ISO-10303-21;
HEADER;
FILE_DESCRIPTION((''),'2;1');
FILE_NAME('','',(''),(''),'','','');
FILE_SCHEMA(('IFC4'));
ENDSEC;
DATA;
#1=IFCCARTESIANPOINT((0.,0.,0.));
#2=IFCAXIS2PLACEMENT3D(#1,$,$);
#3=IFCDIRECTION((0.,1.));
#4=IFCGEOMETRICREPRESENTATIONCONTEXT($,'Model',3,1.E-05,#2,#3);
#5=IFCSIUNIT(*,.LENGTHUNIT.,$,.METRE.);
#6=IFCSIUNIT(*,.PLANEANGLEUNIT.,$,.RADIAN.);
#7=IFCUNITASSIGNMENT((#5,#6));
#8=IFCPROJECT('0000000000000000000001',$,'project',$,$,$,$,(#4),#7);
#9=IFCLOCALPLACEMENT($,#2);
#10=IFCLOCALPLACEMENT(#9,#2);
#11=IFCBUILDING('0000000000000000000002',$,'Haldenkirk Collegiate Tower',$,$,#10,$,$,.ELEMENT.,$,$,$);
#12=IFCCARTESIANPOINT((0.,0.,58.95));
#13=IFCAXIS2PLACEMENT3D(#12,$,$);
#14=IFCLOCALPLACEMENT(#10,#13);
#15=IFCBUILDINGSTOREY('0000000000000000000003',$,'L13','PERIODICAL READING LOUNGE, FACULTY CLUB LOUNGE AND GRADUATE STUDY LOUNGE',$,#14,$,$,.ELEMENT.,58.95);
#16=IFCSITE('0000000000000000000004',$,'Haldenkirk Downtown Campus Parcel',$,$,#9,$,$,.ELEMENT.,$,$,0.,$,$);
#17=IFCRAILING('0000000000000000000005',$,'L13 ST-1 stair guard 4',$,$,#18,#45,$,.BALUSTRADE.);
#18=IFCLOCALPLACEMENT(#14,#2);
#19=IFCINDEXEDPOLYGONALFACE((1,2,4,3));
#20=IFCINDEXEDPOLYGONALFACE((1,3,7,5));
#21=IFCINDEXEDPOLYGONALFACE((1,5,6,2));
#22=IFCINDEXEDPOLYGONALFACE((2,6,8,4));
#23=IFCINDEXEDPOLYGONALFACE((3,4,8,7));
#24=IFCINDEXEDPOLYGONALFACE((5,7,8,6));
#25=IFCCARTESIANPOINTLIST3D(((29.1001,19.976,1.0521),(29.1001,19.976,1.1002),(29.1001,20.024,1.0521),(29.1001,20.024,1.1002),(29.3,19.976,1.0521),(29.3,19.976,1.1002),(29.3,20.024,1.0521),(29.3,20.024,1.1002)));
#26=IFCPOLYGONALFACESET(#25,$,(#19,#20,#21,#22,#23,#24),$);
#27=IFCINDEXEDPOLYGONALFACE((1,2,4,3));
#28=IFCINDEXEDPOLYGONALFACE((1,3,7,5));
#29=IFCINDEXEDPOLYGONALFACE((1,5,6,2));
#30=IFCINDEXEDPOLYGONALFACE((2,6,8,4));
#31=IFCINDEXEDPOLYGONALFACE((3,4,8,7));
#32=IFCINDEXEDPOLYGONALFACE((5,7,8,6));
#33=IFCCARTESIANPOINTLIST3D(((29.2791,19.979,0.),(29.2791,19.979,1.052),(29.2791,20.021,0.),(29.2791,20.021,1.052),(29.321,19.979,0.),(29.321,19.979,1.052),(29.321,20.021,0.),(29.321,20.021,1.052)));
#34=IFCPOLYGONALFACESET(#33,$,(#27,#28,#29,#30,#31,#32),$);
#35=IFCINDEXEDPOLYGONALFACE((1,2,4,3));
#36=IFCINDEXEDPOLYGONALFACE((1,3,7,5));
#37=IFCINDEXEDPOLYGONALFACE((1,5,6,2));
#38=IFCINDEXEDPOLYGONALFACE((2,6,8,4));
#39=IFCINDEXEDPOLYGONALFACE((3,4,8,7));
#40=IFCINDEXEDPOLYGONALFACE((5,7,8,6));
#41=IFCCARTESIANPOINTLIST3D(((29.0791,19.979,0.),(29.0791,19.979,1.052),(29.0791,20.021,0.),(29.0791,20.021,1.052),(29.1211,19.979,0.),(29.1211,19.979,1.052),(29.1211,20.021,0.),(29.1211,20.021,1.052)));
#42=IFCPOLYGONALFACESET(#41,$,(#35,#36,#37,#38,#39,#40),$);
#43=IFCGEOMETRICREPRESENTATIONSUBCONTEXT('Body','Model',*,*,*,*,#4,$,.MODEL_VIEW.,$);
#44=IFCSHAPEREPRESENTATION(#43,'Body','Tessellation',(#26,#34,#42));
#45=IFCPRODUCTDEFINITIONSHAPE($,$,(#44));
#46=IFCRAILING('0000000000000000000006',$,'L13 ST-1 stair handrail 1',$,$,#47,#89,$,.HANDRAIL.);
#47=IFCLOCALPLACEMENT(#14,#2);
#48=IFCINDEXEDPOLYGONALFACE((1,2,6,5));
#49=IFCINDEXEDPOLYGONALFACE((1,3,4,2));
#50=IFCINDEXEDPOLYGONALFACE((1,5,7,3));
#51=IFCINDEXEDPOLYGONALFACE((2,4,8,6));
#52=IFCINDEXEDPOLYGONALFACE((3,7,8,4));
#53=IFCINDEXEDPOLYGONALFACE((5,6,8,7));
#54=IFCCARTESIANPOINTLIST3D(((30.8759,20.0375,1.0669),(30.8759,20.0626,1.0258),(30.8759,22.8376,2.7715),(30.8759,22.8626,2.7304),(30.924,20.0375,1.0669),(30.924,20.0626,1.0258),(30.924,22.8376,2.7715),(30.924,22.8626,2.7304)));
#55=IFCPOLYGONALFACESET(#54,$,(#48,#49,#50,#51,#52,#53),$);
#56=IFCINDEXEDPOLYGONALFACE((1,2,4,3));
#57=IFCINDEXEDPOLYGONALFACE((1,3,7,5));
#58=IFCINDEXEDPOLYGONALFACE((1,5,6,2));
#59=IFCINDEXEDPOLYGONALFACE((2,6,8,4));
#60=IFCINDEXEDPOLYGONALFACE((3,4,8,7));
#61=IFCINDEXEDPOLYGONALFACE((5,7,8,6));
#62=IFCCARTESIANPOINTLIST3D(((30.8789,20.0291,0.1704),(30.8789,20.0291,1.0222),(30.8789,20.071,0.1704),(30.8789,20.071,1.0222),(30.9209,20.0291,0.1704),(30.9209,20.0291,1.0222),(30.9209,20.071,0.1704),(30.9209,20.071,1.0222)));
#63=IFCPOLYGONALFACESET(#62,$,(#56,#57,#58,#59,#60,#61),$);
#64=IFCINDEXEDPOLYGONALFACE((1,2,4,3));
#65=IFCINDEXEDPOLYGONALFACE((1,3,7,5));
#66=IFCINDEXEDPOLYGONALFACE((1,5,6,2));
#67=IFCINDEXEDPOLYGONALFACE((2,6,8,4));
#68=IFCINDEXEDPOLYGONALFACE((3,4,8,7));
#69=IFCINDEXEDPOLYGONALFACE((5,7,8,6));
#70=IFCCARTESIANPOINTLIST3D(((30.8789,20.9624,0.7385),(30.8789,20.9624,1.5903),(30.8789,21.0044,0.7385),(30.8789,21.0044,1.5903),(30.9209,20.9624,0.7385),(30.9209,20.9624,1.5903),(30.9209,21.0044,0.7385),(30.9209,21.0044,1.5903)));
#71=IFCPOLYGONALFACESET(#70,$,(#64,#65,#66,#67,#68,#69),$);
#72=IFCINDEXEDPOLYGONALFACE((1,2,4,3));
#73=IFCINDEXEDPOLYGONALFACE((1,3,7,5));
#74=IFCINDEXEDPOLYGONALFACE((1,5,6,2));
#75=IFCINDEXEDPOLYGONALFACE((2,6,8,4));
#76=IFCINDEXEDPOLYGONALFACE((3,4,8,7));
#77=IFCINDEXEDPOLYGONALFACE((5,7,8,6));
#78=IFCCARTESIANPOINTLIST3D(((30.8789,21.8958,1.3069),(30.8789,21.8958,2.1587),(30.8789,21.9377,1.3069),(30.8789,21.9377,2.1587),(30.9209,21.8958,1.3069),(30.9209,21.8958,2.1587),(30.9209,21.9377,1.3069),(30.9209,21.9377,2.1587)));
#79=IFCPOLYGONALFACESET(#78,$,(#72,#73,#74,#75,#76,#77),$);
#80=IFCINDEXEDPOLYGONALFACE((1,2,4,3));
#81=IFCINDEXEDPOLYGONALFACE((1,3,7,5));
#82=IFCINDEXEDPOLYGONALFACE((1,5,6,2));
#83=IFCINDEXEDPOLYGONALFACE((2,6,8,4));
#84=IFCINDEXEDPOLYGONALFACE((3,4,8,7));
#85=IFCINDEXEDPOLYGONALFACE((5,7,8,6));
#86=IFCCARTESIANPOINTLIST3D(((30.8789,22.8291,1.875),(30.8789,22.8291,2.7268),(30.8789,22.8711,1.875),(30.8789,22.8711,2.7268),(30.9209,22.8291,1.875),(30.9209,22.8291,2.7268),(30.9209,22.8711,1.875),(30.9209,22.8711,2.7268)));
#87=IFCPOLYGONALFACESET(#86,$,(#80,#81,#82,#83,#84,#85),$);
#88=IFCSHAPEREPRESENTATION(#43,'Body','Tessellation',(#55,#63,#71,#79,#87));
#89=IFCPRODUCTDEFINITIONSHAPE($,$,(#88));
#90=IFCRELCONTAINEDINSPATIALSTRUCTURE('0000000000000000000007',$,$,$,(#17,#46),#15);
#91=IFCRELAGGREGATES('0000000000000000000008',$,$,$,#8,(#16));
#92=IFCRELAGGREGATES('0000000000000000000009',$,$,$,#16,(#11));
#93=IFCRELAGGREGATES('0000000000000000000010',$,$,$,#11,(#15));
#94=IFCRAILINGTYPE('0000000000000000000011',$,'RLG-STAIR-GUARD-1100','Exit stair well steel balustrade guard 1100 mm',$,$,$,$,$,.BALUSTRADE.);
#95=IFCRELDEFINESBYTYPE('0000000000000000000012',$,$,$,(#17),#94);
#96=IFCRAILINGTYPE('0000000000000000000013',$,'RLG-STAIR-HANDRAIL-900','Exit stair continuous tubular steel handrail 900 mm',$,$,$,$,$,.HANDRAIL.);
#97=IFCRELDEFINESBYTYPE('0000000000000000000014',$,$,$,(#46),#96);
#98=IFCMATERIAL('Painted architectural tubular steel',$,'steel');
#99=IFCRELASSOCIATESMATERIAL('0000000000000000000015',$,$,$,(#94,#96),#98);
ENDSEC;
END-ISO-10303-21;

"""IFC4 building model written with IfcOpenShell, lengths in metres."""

from ifc_helpers import new_model, si_unit, direction, frame, origin, origin_2d, place, context, subcontext, project, spatial, rectangle, extrude, material, type_object, element, save


model = new_model("IFC4")

# Units and contexts
model_context = context("Model", 3, precision=1e-05, world=origin(), true_north=direction((0.0, 1.0)))
body_context = subcontext(model_context, "Body", "Model", "MODEL_VIEW")
ifc_project = project(units=[si_unit("LENGTHUNIT", "METRE"), si_unit("PLANEANGLEUNIT", "RADIAN")], contexts=[model_context])

# Site, building, storey
site_placement = place(None, origin())
site = spatial("IfcSite", under=ifc_project, at=site_placement, Name="Haldenkirk Downtown Campus Parcel", CompositionType="ELEMENT", RefElevation=0.0)
building_placement = place(site_placement, origin())
building = spatial("IfcBuilding", under=site, at=building_placement, Name="Haldenkirk Collegiate Tower", CompositionType="ELEMENT")
storey_placement = place(building_placement, frame((0.0, 0.0, 58.95)))
storey = spatial("IfcBuildingStorey", under=building, at=storey_placement, Name="L13", Description="PERIODICAL READING LOUNGE, FACULTY CLUB LOUNGE AND GRADUATE STUDY LOUNGE", CompositionType="ELEMENT", Elevation=58.95)

# Railings
ifc_material_1 = material(Name="Painted architectural tubular steel", Category="steel")
railing_type_1 = type_object("IfcRailingType", Name="RLG-STAIR-GUARD-1100", Description="Exit stair well steel balustrade guard 1100 mm", PredefinedType="BALUSTRADE", material=ifc_material_1)
railing_1_placement = place(storey_placement, frame((29.3, 20.0, 0.0)))
element("IfcRailing", 1, at=railing_1_placement, inside=storey, type_object=railing_type_1, Name="L13 ST-1 stair guard 4", PredefinedType="BALUSTRADE", context=body_context, shape_type="SweptSolid", body=[
    extrude(rectangle(XDim=0.0481, YDim=0.0481, at=origin_2d()), frame((0.0, 0.0, 1.0762), z_axis=(-1.0, 0.0, 0.0), x_axis=(0.0, -1.0, 0.0)), (0.0, 0.0, 1.0), 0.2),
    extrude(rectangle(XDim=0.042, YDim=0.042, at=origin_2d()), origin(), (0.0, 0.0, 1.0), 1.052),
    extrude(rectangle(XDim=0.042, YDim=0.042, at=origin_2d()), frame((-0.2, 0.0, 0.0)), (0.0, 0.0, 1.0), 1.052),
])
railing_type_2 = type_object("IfcRailingType", Name="RLG-STAIR-HANDRAIL-900", Description="Exit stair continuous tubular steel handrail 900 mm", PredefinedType="HANDRAIL", material=ifc_material_1)
railing_2_placement = place(storey_placement, frame((30.8999, 20.05, 0.1704)))
element("IfcRailing", 2, at=railing_2_placement, inside=storey, type_object=railing_type_2, Name="L13 ST-1 stair handrail 1", PredefinedType="HANDRAIL", context=body_context, shape_type="SweptSolid", body=[
    extrude(rectangle(XDim=0.0481, YDim=0.0481, at=origin_2d()), frame((0.0, 0.0, 0.876), z_axis=(0.0, 0.85417, 0.519994), x_axis=(-1.0, 0.0, 0.0)), (0.0, 0.0, 1.0), 3.2781),
    extrude(rectangle(XDim=0.042, YDim=0.042, at=origin_2d()), origin(), (0.0, 0.0, 1.0), 0.8518),
    extrude(rectangle(XDim=0.042, YDim=0.042, at=origin_2d()), frame((0.0, 0.9333, 0.5681)), (0.0, 0.0, 1.0), 0.8518),
    extrude(rectangle(XDim=0.042, YDim=0.042, at=origin_2d()), frame((0.0, 1.8667, 1.1365)), (0.0, 0.0, 1.0), 0.8518),
    extrude(rectangle(XDim=0.042, YDim=0.042, at=origin_2d()), frame((0.0, 2.8, 1.7046)), (0.0, 0.0, 1.0), 0.8518),
])

save(model, "model.ifc")
